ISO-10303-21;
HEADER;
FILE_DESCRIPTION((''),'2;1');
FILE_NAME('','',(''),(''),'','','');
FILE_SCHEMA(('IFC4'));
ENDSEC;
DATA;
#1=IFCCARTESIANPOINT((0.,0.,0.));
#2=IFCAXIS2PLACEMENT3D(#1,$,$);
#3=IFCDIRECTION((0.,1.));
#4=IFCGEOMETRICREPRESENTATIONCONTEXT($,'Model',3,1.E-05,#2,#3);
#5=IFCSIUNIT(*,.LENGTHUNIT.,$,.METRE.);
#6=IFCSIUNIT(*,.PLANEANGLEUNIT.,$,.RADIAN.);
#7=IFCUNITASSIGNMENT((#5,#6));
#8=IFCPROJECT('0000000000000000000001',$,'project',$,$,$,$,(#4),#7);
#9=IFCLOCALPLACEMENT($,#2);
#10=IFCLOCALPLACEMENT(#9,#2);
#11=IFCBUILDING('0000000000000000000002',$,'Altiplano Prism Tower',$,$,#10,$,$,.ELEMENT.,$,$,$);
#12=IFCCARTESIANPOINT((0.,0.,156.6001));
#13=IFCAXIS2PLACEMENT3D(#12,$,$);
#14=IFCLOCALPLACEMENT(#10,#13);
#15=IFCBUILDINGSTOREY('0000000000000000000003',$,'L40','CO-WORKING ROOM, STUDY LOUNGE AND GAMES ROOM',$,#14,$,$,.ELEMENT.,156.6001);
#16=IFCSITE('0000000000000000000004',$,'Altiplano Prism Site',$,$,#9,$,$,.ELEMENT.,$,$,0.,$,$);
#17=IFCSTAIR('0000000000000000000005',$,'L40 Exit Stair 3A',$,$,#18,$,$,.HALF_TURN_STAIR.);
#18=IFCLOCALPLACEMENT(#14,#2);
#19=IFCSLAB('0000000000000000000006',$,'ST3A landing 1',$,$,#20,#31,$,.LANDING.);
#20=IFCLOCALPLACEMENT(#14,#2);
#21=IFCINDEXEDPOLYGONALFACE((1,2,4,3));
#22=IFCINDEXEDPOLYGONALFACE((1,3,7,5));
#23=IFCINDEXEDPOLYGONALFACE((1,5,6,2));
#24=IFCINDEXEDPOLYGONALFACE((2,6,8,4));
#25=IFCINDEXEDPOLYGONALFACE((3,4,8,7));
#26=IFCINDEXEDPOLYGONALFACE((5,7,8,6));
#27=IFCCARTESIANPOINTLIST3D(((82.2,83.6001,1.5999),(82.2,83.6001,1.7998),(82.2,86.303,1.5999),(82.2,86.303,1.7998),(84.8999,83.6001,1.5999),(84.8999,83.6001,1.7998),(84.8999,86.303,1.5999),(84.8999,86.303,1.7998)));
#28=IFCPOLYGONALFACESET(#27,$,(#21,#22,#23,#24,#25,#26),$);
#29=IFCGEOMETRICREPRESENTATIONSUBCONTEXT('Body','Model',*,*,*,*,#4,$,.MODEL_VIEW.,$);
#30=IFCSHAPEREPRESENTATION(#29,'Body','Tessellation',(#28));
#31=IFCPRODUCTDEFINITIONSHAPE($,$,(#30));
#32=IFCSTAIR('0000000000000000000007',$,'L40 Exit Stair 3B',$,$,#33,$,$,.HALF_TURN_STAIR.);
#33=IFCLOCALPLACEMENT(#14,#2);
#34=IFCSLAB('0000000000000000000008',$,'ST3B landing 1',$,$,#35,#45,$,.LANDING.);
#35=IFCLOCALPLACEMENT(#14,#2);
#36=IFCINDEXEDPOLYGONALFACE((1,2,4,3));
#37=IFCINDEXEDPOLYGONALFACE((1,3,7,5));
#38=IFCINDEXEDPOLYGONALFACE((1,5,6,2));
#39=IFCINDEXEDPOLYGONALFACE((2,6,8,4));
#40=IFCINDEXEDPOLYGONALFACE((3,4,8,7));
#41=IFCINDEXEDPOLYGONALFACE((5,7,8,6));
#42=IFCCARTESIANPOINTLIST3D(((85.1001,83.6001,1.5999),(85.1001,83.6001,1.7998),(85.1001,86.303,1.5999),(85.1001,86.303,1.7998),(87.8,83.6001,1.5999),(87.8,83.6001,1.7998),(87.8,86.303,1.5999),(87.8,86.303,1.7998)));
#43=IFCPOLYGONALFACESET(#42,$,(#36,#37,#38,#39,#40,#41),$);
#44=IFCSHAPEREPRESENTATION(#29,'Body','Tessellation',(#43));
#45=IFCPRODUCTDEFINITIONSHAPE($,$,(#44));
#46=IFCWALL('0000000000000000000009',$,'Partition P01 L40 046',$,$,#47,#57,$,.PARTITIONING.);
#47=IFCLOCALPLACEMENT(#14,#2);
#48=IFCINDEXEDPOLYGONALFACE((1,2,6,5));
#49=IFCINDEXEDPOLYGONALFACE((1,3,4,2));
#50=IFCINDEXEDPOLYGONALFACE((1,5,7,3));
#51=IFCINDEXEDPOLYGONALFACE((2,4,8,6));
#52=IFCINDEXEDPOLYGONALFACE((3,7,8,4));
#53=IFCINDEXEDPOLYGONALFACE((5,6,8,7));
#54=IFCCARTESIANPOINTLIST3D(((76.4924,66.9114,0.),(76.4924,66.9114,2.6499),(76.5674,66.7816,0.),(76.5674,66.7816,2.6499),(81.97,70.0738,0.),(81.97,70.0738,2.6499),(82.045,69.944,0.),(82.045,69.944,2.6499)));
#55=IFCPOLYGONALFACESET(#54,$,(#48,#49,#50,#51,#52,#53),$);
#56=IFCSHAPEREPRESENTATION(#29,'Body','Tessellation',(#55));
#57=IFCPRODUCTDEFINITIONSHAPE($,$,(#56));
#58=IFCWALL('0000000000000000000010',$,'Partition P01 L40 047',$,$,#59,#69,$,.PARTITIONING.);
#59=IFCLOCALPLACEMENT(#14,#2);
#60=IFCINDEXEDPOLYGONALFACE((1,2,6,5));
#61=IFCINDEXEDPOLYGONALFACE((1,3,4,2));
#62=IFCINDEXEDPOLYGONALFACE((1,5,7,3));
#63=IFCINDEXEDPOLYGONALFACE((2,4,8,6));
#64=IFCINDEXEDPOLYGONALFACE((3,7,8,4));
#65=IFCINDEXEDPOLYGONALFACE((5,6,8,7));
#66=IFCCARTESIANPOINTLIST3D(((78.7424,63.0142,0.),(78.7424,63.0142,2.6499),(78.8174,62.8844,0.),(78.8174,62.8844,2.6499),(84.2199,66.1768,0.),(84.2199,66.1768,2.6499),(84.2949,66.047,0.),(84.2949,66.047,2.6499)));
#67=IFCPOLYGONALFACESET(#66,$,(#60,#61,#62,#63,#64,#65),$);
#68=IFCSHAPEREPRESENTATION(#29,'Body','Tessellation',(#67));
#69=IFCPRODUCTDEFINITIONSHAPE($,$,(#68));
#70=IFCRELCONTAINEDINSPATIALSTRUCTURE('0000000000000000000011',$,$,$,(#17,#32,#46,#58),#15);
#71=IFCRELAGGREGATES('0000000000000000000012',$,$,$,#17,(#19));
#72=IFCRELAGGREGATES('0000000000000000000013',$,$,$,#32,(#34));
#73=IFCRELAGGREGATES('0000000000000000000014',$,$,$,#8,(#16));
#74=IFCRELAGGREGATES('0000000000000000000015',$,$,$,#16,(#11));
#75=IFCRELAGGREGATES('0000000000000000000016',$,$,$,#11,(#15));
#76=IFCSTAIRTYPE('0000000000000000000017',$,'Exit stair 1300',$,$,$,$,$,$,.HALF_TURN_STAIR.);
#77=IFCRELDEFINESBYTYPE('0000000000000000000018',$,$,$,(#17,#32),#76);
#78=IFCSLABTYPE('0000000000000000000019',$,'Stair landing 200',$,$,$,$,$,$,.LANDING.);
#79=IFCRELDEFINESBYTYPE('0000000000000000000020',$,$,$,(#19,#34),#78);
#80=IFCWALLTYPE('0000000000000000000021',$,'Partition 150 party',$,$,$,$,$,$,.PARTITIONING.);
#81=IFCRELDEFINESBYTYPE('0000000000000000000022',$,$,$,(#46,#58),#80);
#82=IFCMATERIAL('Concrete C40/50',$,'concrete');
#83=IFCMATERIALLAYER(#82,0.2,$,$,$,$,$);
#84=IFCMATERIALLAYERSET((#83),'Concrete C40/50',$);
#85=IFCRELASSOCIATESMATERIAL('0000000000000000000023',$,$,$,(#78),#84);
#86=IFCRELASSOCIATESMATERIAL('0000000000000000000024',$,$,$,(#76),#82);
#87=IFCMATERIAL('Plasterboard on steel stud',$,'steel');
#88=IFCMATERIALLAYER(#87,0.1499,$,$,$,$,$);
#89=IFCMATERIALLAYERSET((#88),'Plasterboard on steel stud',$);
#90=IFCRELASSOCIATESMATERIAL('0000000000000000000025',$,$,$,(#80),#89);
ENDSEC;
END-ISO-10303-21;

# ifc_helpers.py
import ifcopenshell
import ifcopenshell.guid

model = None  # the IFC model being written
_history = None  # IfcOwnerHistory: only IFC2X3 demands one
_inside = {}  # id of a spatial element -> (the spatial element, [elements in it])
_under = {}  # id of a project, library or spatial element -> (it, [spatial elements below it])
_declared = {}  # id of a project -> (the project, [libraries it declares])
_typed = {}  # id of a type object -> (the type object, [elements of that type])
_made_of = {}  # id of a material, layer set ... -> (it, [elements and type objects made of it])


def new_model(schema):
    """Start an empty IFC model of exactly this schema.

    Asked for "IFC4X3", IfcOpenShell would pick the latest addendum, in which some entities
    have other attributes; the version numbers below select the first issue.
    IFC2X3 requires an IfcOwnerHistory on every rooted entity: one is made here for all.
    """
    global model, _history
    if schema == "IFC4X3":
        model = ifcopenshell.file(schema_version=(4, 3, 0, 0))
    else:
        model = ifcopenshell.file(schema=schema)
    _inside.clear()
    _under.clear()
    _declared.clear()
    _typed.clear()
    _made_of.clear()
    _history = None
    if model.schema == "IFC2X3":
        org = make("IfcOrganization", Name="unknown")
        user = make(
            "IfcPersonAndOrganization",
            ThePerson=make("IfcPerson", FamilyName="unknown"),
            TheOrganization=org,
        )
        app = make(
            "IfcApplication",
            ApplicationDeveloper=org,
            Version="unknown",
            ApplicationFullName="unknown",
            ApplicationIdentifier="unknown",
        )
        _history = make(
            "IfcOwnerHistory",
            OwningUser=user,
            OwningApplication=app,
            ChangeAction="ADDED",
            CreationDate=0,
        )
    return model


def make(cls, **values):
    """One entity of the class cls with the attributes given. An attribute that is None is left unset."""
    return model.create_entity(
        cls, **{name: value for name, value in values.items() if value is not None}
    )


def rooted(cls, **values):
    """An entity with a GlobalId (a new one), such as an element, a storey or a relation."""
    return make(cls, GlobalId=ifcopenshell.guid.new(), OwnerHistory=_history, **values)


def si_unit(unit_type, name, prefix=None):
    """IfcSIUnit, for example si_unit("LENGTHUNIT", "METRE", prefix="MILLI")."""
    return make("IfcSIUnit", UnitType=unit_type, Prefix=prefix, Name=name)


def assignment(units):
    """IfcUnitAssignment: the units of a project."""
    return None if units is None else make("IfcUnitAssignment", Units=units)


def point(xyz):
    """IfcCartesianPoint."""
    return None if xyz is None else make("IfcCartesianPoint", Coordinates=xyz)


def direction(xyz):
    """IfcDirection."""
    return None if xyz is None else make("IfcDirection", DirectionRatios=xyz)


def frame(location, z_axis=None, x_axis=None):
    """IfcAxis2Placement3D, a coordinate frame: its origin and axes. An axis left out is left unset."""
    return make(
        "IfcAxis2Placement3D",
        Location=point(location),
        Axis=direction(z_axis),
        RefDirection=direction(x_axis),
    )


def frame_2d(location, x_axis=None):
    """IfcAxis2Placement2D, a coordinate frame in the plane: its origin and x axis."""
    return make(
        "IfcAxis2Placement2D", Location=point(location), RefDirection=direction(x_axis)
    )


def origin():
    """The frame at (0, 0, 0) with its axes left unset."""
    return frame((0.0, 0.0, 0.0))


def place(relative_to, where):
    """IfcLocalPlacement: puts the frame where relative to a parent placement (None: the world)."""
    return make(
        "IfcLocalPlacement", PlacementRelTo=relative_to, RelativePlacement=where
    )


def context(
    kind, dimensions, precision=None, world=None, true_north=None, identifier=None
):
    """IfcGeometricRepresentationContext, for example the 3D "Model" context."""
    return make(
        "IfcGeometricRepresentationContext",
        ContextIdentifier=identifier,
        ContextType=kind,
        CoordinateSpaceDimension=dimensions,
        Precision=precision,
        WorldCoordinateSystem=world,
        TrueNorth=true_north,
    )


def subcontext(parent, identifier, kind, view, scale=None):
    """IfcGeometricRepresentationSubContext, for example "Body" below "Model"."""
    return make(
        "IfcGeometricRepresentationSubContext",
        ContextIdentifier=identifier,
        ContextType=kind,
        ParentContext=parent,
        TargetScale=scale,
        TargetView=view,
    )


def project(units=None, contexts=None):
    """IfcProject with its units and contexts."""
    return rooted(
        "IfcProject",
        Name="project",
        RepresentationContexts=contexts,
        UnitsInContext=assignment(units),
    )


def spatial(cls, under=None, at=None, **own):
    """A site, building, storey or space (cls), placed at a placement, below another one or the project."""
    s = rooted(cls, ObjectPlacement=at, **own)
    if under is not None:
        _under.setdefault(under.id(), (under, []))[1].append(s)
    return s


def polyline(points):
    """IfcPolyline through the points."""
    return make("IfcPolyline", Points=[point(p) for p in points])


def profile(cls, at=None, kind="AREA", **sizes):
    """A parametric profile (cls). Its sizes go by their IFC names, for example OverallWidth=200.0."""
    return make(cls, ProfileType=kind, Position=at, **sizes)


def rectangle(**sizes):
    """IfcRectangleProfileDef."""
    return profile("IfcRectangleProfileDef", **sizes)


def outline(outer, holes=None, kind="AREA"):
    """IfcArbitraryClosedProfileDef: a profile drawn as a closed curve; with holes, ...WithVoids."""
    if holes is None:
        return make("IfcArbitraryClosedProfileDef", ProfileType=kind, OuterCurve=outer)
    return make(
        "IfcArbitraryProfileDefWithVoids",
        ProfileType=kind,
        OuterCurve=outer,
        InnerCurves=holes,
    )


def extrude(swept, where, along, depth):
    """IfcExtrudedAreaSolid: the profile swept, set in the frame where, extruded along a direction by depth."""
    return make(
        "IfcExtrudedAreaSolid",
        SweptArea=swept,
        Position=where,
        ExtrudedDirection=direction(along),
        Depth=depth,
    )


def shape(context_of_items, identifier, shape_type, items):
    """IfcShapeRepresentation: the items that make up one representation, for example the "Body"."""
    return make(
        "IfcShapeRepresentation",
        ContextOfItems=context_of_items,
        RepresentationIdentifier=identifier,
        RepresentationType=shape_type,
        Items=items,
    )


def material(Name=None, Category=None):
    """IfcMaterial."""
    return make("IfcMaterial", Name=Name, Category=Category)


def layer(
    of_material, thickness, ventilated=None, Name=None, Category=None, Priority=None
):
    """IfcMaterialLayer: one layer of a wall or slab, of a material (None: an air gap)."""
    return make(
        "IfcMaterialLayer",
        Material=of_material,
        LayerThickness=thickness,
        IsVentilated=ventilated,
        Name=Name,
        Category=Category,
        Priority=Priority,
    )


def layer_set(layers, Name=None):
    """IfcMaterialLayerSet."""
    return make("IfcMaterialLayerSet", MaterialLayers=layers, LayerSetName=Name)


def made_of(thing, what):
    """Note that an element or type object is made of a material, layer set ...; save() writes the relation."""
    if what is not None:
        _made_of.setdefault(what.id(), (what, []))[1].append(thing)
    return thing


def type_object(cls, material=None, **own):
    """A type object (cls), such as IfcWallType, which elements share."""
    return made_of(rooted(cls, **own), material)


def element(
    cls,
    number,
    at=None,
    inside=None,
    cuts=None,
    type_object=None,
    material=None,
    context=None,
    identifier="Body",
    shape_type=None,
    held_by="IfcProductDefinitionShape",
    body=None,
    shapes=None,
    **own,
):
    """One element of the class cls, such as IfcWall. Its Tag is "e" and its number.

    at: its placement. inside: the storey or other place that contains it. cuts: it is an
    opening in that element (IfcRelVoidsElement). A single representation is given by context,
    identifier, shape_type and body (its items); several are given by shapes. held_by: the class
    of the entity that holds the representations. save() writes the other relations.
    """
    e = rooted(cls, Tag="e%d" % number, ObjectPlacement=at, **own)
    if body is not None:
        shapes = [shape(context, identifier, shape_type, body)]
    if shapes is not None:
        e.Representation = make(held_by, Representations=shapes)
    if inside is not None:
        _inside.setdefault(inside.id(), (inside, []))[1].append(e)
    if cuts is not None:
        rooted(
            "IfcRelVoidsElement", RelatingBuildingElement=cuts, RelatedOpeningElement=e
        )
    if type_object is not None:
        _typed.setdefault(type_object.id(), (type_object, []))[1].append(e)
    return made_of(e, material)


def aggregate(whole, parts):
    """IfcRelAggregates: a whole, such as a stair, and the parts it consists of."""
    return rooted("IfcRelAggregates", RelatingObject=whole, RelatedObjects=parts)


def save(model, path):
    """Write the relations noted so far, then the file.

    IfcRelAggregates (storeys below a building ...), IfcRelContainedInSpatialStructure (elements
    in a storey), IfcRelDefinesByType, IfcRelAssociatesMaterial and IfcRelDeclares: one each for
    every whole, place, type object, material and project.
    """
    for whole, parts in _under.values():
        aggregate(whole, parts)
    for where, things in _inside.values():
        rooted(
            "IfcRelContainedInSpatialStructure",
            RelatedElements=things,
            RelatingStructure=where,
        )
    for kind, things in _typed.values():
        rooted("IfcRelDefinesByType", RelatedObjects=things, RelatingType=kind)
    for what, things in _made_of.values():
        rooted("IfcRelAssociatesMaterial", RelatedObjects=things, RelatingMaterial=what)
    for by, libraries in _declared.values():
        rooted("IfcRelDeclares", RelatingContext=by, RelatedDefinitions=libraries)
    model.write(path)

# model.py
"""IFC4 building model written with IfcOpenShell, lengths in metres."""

from ifc_helpers import new_model, si_unit, direction, frame, frame_2d, origin, place, context, subcontext, project, spatial, polyline, rectangle, outline, extrude, material, layer, layer_set, type_object, element, aggregate, save


model = new_model("IFC4")

# Units and contexts
model_context = context("Model", 3, precision=1e-05, world=origin(), true_north=direction((0.0, 1.0)))
body_context = subcontext(model_context, "Body", "Model", "MODEL_VIEW")
ifc_project = project(units=[si_unit("LENGTHUNIT", "METRE"), si_unit("PLANEANGLEUNIT", "RADIAN")], contexts=[model_context])

# Site, building, storey
site_placement = place(None, origin())
site = spatial("IfcSite", under=ifc_project, at=site_placement, Name="Altiplano Prism Site", CompositionType="ELEMENT", RefElevation=0.0)
building_placement = place(site_placement, origin())
building = spatial("IfcBuilding", under=site, at=building_placement, Name="Altiplano Prism Tower", CompositionType="ELEMENT")
storey_placement = place(building_placement, frame((0.0, 0.0, 156.6001)))
storey = spatial("IfcBuildingStorey", under=building, at=storey_placement, Name="L40", Description="CO-WORKING ROOM, STUDY LOUNGE AND GAMES ROOM", CompositionType="ELEMENT", Elevation=156.6001)

# Shared definitions
ifc_material_1 = material(Name="Concrete C40/50", Category="concrete")

# Stairs, slabs
ifc_layer_1 = layer(ifc_material_1, 0.2)
ifc_layer_set_1 = layer_set([ifc_layer_1], Name="Concrete C40/50")
slab_type_1 = type_object("IfcSlabType", Name="Stair landing 200", PredefinedType="LANDING", material=ifc_layer_set_1)
stair_type_1 = type_object("IfcStairType", Name="Exit stair 1300", PredefinedType="HALF_TURN_STAIR", material=ifc_material_1)
stair_1_placement = place(storey_placement, origin())
stair_1 = element("IfcStair", 1, at=stair_1_placement, inside=storey, type_object=stair_type_1, Name="L40 Exit Stair 3A", PredefinedType="HALF_TURN_STAIR")
slab_1_placement = place(storey_placement, frame((0.0, 0.0, 1.5999)))
slab_1 = element("IfcSlab", 2, at=slab_1_placement, type_object=slab_type_1, Name="ST3A landing 1", PredefinedType="LANDING", context=body_context, shape_type="SweptSolid", body=[
    extrude(outline(polyline([(82.2, 86.303), (82.2, 83.6001), (84.8999, 83.6001), (84.8999, 86.303), (82.2, 86.303)])), origin(), (0.0, 0.0, 1.0), 0.2),
])
aggregate(stair_1, [slab_1])
stair_2_placement = place(storey_placement, origin())
stair_2 = element("IfcStair", 3, at=stair_2_placement, inside=storey, type_object=stair_type_1, Name="L40 Exit Stair 3B", PredefinedType="HALF_TURN_STAIR")
slab_2_placement = place(storey_placement, frame((0.0, 0.0, 1.5999)))
slab_2 = element("IfcSlab", 4, at=slab_2_placement, type_object=slab_type_1, Name="ST3B landing 1", PredefinedType="LANDING", context=body_context, shape_type="SweptSolid", body=[
    extrude(outline(polyline([(85.1001, 86.303), (85.1001, 83.6001), (87.8, 83.6001), (87.8, 86.303), (85.1001, 86.303)])), origin(), (0.0, 0.0, 1.0), 0.2),
])
aggregate(stair_2, [slab_2])

# Walls
ifc_material_2 = material(Name="Plasterboard on steel stud", Category="steel")
ifc_layer_2 = layer(ifc_material_2, 0.1499)
ifc_layer_set_2 = layer_set([ifc_layer_2], Name="Plasterboard on steel stud")
wall_type = type_object("IfcWallType", Name="Partition 150 party", PredefinedType="PARTITIONING", material=ifc_layer_set_2)
for number, where, z_axis, x_axis, name in (
    (5, (76.5298, 66.8464, 0.0), (0.0, 0.0, 1.0), (0.866033, 0.499988, 0.0), "Partition P01 L40 046"),
    (6, (78.7798, 62.9492, 0.0), (0.0, 0.0, 1.0), (0.866016, 0.500016, 0.0), "Partition P01 L40 047"),
):
    element("IfcWall", number, at=place(storey_placement, frame(where, z_axis=z_axis, x_axis=x_axis)), inside=storey, type_object=wall_type, Name=name, PredefinedType="PARTITIONING", context=body_context, shape_type="SweptSolid", body=[
        extrude(rectangle(XDim=6.325, YDim=0.1499, at=frame_2d((3.1626, 0.0))), origin(), (0.0, 0.0, 1.0), 2.6499),
    ])

save(model, "model.ifc")
